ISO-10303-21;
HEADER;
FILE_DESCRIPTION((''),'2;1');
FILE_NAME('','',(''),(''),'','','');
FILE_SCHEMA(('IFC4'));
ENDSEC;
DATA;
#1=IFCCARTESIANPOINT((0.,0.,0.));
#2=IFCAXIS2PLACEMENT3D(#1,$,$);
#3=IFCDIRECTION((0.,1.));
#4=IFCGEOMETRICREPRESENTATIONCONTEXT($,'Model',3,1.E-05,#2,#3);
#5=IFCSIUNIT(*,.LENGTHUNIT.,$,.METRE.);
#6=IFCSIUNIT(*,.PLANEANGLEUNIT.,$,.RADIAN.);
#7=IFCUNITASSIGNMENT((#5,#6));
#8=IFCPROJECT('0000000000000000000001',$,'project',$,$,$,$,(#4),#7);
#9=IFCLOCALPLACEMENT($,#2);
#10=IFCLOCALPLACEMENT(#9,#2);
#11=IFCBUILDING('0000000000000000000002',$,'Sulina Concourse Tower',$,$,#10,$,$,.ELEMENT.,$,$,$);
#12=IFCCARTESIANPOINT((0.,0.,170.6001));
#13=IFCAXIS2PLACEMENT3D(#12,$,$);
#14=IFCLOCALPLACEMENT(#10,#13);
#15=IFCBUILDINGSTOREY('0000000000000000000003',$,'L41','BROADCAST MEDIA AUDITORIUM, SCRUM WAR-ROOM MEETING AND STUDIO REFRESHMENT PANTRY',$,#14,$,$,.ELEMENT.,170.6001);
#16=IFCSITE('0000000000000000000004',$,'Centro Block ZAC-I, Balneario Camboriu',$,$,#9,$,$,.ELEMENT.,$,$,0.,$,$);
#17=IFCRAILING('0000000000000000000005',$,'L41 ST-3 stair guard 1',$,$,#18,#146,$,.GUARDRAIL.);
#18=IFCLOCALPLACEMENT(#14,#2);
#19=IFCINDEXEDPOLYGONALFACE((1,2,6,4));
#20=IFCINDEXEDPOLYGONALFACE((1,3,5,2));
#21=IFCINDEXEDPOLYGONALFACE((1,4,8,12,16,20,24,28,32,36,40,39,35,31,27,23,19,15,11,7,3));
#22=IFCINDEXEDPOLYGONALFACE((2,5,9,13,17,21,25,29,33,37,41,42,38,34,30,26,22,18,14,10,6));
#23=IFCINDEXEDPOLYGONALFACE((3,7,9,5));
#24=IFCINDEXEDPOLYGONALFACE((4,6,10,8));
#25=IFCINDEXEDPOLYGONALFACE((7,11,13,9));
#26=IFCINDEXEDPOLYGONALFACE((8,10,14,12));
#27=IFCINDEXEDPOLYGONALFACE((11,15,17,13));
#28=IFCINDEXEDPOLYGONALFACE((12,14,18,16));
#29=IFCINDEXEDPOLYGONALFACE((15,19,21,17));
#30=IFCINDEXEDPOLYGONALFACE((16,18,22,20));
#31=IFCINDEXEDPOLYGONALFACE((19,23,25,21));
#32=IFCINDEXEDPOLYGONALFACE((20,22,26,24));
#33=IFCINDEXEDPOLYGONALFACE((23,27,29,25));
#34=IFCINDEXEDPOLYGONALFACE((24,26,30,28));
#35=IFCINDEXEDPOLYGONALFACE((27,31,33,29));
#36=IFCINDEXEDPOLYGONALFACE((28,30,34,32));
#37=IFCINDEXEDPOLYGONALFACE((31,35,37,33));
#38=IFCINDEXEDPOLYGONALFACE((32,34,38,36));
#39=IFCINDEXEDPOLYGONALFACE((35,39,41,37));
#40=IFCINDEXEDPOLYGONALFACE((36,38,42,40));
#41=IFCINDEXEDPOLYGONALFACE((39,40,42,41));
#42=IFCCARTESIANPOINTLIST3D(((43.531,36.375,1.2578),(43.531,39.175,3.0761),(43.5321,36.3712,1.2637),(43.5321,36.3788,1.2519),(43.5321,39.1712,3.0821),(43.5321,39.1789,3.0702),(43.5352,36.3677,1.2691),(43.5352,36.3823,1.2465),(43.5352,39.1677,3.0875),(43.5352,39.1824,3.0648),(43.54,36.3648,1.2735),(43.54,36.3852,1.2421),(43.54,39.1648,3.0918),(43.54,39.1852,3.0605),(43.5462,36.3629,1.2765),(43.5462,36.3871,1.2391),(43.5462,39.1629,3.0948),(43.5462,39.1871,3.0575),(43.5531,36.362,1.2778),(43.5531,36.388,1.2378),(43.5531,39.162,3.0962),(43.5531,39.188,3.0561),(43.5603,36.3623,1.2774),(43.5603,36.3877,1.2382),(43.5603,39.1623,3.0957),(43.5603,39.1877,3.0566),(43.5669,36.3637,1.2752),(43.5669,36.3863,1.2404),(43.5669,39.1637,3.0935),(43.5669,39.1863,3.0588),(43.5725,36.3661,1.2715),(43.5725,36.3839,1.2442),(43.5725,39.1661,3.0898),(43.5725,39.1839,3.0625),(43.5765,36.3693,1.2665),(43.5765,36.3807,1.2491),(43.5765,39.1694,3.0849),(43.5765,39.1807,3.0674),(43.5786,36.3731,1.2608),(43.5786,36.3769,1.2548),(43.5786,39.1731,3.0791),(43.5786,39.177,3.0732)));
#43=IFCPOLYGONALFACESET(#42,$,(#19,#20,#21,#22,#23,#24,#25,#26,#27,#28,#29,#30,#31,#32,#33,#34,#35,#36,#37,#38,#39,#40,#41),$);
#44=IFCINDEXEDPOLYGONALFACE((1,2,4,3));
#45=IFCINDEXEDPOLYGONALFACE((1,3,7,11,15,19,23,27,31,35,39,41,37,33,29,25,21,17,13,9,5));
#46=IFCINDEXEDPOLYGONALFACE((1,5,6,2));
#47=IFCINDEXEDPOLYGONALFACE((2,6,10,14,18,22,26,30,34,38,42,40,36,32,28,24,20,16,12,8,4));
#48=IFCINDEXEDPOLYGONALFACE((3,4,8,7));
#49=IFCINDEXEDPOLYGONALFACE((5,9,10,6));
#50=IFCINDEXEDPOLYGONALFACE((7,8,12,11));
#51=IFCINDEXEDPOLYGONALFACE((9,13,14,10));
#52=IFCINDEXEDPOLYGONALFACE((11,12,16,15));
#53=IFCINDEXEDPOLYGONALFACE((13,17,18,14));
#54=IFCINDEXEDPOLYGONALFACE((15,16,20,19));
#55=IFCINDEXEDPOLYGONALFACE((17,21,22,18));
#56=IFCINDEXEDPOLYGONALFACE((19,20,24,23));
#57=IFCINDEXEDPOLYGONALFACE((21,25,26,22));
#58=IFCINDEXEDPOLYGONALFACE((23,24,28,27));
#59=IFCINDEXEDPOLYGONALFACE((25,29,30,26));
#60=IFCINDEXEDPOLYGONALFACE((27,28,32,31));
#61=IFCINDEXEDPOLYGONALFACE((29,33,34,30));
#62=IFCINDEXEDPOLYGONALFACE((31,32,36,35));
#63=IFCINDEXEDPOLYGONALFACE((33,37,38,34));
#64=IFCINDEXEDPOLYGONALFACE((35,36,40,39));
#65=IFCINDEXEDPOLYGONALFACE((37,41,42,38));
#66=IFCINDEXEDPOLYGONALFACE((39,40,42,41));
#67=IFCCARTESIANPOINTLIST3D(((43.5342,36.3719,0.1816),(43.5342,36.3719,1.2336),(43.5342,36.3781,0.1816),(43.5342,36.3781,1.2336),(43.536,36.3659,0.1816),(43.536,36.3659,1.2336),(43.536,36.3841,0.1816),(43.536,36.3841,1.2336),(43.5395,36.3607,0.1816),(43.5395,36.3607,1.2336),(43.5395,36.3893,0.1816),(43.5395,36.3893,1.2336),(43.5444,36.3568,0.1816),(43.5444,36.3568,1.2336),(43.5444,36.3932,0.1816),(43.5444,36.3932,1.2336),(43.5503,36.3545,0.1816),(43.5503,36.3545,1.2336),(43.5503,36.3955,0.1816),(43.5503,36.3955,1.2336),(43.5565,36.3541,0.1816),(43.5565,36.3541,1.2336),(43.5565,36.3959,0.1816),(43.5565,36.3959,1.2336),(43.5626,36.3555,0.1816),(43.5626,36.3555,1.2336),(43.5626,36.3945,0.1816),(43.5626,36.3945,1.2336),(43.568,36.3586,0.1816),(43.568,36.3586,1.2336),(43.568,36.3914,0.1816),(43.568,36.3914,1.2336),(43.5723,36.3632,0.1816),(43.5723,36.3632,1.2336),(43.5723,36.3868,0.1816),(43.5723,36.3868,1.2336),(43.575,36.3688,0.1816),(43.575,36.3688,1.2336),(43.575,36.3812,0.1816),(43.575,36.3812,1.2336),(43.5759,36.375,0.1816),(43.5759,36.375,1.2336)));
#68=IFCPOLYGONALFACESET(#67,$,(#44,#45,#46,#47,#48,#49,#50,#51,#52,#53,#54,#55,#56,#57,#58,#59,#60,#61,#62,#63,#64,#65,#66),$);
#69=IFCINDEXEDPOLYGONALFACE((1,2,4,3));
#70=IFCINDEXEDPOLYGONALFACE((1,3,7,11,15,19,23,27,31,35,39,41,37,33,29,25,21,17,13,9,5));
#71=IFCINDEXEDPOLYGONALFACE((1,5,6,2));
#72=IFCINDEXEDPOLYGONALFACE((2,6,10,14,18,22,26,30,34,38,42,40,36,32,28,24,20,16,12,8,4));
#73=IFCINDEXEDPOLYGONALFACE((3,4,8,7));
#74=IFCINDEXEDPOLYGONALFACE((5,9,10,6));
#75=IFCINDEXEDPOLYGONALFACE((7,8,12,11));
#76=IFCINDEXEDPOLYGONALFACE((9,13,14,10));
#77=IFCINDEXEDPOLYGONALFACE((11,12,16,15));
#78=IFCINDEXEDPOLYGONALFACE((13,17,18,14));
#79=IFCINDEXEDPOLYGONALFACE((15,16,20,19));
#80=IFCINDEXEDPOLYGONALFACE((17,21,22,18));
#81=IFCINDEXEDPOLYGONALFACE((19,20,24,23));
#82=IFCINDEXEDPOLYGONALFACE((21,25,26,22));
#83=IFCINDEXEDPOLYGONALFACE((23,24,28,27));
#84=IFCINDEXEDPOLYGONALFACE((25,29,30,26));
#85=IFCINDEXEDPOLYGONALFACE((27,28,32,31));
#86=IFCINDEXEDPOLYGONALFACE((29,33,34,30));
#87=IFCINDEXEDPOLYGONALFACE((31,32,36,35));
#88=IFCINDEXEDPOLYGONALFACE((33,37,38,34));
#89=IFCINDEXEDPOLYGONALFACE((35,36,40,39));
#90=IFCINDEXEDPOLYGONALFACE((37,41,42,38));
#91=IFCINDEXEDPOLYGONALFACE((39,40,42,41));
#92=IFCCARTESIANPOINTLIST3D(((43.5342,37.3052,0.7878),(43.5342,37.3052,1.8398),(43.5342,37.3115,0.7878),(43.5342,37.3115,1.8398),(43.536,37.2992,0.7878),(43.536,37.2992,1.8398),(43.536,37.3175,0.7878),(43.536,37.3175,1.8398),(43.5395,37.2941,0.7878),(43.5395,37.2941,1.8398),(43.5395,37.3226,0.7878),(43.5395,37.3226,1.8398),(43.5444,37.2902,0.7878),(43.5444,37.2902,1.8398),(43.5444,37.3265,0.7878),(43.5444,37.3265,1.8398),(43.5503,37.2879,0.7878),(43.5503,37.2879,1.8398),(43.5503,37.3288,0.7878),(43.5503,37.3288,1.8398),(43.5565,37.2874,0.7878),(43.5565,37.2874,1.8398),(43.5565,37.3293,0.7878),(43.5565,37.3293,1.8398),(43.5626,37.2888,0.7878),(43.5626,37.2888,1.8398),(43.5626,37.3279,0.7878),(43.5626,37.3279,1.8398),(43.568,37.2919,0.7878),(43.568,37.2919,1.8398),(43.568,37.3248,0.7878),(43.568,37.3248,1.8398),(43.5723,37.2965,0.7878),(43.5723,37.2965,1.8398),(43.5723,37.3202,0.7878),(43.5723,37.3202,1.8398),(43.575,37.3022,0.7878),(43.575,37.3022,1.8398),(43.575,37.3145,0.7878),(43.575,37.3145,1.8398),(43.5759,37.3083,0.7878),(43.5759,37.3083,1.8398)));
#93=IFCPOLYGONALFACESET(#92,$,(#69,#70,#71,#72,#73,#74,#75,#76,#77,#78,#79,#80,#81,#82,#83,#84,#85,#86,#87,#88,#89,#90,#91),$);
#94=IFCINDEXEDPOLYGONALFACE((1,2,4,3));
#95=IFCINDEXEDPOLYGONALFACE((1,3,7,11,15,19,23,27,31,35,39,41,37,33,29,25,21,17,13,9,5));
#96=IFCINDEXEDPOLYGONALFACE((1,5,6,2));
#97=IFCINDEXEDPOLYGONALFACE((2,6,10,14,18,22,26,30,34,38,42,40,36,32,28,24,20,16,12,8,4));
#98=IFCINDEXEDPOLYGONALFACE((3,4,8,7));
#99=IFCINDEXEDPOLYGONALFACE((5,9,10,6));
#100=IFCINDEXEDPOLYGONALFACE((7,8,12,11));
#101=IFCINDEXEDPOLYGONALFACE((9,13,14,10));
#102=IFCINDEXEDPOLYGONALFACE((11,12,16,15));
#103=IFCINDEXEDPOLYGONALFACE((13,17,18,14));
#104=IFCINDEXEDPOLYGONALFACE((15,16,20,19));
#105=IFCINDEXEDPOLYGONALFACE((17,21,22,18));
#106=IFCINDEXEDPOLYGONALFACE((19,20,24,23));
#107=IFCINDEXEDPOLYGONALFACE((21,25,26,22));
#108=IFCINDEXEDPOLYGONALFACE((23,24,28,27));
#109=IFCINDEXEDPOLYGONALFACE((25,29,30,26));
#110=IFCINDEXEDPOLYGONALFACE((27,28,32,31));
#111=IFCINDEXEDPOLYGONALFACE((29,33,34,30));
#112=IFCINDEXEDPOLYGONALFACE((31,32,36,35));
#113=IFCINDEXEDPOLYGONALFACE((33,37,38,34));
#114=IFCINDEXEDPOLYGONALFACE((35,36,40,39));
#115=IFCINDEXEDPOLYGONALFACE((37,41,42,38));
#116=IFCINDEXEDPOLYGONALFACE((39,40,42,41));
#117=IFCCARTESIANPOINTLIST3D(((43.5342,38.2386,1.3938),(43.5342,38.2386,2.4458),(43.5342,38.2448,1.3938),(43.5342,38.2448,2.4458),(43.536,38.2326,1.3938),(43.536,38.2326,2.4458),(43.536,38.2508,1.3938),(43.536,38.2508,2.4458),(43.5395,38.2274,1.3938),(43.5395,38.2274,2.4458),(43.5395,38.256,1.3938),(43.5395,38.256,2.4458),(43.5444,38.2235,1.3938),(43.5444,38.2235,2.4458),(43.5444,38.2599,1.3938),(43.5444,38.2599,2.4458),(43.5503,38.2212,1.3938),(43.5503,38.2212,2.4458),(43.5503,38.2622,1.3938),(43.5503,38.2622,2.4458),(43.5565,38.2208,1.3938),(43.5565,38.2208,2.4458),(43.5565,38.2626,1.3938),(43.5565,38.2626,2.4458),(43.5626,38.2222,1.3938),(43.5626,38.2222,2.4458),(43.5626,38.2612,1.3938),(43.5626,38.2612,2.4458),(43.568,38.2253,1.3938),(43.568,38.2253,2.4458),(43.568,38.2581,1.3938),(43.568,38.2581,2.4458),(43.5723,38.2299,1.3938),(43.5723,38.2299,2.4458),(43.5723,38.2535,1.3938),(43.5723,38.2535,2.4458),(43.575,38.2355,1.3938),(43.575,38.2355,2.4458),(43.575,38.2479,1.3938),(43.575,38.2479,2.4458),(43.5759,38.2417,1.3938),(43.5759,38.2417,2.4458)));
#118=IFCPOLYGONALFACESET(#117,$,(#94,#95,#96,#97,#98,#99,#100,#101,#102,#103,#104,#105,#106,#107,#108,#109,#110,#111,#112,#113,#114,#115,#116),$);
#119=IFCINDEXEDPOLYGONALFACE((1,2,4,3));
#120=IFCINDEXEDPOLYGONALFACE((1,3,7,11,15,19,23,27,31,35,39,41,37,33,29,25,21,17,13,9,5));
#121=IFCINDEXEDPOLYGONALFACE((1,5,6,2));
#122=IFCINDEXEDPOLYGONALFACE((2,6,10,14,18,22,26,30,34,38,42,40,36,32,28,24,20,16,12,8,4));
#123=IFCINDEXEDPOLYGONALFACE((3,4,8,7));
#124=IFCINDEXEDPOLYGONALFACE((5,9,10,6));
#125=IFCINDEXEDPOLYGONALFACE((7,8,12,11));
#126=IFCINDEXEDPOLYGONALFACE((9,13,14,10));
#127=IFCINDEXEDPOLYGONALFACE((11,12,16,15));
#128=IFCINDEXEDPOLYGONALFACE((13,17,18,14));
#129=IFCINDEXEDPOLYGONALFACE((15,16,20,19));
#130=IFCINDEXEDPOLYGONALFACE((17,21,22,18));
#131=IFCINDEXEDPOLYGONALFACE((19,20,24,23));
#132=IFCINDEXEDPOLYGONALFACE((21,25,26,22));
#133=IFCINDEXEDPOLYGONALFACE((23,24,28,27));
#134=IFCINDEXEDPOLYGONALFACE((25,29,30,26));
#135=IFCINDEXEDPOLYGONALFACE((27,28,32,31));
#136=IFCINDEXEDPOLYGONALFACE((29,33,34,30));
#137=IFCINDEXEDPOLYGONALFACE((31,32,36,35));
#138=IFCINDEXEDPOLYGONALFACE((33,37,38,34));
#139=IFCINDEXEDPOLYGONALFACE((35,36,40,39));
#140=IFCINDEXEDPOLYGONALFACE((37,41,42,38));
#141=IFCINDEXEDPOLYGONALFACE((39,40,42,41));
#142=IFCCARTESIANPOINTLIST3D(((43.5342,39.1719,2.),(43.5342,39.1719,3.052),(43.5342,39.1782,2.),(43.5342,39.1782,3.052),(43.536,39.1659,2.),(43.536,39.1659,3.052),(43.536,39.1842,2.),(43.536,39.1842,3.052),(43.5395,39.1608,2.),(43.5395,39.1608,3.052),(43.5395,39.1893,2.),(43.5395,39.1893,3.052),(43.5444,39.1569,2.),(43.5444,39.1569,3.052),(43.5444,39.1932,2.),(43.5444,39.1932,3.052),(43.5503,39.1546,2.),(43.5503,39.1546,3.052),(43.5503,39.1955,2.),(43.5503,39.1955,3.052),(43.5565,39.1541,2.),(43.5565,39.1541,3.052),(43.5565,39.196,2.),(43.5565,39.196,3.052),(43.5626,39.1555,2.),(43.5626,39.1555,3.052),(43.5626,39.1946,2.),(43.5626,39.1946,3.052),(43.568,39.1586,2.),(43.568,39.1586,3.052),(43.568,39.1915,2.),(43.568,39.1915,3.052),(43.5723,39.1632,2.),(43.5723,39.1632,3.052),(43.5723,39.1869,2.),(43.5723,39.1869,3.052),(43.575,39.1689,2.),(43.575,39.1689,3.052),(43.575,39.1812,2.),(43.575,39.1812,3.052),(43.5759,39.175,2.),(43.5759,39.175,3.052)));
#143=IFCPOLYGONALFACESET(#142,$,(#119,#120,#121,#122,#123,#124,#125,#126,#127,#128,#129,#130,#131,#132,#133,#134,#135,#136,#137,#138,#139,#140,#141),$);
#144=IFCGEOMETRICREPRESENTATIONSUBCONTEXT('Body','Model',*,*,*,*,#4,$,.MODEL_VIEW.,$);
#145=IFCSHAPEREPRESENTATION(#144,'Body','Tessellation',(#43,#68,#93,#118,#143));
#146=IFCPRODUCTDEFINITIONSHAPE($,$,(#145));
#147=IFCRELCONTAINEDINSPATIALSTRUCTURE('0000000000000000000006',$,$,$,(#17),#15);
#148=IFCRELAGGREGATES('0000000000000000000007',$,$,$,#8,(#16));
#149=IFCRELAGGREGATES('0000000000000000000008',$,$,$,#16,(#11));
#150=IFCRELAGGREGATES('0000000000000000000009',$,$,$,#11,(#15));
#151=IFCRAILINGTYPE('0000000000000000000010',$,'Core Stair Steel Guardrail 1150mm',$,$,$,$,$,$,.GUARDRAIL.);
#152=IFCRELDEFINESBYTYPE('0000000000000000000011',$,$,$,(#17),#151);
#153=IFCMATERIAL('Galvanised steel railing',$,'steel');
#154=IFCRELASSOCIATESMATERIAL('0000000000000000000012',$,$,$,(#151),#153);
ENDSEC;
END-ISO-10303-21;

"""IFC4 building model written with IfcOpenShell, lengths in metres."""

from ifc_helpers import new_model, si_unit, direction, frame, origin, origin_2d, place, context, subcontext, project, spatial, circle, extrude, material, type_object, element, save


model = new_model("IFC4")

# Units and contexts
model_context = context("Model", 3, precision=1e-05, world=origin(), true_north=direction((0.0, 1.0)))
body_context = subcontext(model_context, "Body", "Model", "MODEL_VIEW")
ifc_project = project(units=[si_unit("LENGTHUNIT", "METRE"), si_unit("PLANEANGLEUNIT", "RADIAN")], contexts=[model_context])

# Site, building, storey
site_placement = place(None, origin())
site = spatial("IfcSite", under=ifc_project, at=site_placement, Name="Centro Block ZAC-I, Balneario Camboriu", CompositionType="ELEMENT", RefElevation=0.0)
building_placement = place(site_placement, origin())
building = spatial("IfcBuilding", under=site, at=building_placement, Name="Sulina Concourse Tower", CompositionType="ELEMENT")
storey_placement = place(building_placement, frame((0.0, 0.0, 170.6001)))
storey = spatial("IfcBuildingStorey", under=building, at=storey_placement, Name="L41", Description="BROADCAST MEDIA AUDITORIUM, SCRUM WAR-ROOM MEETING AND STUDIO REFRESHMENT PANTRY", CompositionType="ELEMENT", Elevation=170.6001)

# Railing
ifc_material_1 = material(Name="Galvanised steel railing", Category="steel")
railing_type_1 = type_object("IfcRailingType", Name="Core Stair Steel Guardrail 1150mm", PredefinedType="GUARDRAIL", material=ifc_material_1)
railing_1_placement = place(storey_placement, frame((43.5549, 36.375, 0.1816)))
element("IfcRailing", 1, at=railing_1_placement, inside=storey, type_object=railing_type_1, Name="L41 ST-3 stair guard 1", PredefinedType="GUARDRAIL", context=body_context, shape_type="SweptSolid", body=[
    extrude(circle(Radius=0.0239, at=origin_2d()), frame((0.0, 0.0, 1.0762), z_axis=(0.0, 0.838672, 0.544636), x_axis=(-1.0, 0.0, 0.0)), (0.0, 0.0, 1.0), 3.3386),
    extrude(circle(Radius=0.021, at=origin_2d()), origin(), (0.0, 0.0, 1.0), 1.052),
    extrude(circle(Radius=0.021, at=origin_2d()), frame((0.0, 0.9333, 0.6062)), (0.0, 0.0, 1.0), 1.052),
    extrude(circle(Radius=0.021, at=origin_2d()), frame((0.0, 1.8667, 1.2122)), (0.0, 0.0, 1.0), 1.052),
    extrude(circle(Radius=0.021, at=origin_2d()), frame((0.0, 2.8, 1.8184)), (0.0, 0.0, 1.0), 1.052),
])

save(model, "model.ifc")
